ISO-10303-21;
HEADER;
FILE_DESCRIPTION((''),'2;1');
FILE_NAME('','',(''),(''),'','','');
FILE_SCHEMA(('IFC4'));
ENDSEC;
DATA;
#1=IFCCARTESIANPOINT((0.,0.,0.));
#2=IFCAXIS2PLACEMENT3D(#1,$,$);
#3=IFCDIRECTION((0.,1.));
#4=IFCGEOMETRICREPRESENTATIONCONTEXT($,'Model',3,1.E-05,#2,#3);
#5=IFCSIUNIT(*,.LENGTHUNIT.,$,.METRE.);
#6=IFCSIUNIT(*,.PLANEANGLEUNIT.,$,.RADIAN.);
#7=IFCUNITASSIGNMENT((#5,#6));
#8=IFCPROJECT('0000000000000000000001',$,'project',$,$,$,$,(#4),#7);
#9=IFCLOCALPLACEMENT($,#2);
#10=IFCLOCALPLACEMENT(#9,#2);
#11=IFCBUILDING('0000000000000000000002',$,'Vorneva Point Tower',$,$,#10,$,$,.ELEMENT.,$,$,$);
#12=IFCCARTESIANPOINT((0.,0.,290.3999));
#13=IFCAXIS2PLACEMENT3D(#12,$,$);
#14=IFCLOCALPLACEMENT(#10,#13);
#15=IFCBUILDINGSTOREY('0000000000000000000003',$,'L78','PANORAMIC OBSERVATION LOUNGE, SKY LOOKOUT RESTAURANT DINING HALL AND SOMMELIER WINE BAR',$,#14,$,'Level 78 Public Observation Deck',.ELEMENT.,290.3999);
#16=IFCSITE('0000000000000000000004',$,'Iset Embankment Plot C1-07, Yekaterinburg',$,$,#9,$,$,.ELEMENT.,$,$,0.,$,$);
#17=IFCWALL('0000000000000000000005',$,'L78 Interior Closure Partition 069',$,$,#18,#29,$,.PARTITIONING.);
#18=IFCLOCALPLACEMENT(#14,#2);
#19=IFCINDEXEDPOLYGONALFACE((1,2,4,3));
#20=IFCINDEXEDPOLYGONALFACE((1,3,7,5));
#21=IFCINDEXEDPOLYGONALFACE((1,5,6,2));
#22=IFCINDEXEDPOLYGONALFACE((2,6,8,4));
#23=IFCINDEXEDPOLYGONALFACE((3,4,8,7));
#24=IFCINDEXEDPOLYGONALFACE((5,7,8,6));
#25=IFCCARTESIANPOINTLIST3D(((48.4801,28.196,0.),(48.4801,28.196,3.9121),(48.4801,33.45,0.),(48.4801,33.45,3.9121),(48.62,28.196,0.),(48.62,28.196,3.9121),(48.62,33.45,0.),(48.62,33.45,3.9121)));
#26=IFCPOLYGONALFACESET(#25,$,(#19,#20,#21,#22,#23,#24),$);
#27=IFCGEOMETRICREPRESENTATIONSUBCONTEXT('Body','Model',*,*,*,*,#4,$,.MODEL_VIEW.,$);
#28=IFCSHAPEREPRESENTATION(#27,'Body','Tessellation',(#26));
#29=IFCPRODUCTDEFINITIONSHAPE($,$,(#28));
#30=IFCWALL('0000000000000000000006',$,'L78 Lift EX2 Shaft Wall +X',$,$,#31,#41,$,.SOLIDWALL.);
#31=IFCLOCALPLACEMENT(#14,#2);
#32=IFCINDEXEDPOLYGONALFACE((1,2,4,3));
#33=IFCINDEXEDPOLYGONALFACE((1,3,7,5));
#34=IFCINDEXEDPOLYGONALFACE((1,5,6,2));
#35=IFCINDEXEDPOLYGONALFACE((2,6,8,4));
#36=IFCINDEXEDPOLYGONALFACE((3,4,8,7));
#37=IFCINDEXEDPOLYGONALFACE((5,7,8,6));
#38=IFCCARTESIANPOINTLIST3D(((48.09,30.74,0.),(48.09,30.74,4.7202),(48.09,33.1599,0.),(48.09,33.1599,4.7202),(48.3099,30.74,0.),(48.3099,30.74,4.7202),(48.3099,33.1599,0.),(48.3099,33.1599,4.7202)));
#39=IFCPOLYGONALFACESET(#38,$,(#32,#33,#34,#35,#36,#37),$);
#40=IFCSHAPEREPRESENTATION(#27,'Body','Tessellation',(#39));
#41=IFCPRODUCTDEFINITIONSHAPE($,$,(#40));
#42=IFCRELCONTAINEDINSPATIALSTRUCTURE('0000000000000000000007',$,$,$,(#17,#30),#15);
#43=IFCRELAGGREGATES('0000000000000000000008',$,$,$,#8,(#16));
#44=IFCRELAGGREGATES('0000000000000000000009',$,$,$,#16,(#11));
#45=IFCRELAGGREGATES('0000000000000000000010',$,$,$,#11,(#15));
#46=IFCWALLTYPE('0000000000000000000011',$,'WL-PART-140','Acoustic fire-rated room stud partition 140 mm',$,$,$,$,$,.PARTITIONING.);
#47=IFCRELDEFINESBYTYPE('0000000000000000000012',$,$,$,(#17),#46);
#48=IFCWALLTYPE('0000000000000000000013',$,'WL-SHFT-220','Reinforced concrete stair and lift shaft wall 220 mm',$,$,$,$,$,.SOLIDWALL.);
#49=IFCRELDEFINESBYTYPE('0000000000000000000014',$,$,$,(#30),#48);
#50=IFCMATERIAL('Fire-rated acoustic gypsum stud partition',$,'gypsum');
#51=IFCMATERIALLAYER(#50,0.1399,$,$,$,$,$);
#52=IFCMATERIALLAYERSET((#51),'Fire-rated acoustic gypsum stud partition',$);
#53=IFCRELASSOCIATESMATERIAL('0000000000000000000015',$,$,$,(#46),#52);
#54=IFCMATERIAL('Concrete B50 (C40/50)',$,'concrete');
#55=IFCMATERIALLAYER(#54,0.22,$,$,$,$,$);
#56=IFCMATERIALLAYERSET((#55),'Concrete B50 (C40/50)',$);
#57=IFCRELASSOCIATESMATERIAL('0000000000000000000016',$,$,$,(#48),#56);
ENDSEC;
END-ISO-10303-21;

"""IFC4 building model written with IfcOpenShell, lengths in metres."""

from ifc_helpers import new_model, si_unit, direction, frame, frame_2d, origin, place, context, subcontext, project, spatial, rectangle, extrude, material, layer, layer_set, type_object, element, save


model = new_model("IFC4")

# Units and contexts
model_context = context("Model", 3, precision=1e-05, world=origin(), true_north=direction((0.0, 1.0)))
body_context = subcontext(model_context, "Body", "Model", "MODEL_VIEW")
ifc_project = project(units=[si_unit("LENGTHUNIT", "METRE"), si_unit("PLANEANGLEUNIT", "RADIAN")], contexts=[model_context])

# Site, building, storey
site_placement = place(None, origin())
site = spatial("IfcSite", under=ifc_project, at=site_placement, Name="Iset Embankment Plot C1-07, Yekaterinburg", CompositionType="ELEMENT", RefElevation=0.0)
building_placement = place(site_placement, origin())
building = spatial("IfcBuilding", under=site, at=building_placement, Name="Vorneva Point Tower", CompositionType="ELEMENT")
storey_placement = place(building_placement, frame((0.0, 0.0, 290.3999)))
storey = spatial("IfcBuildingStorey", under=building, at=storey_placement, Name="L78", Description="PANORAMIC OBSERVATION LOUNGE, SKY LOOKOUT RESTAURANT DINING HALL AND SOMMELIER WINE BAR", LongName="Level 78 Public Observation Deck", CompositionType="ELEMENT", Elevation=290.3999)

# Shared definitions
ifc_material_1 = material(Name="Concrete B50 (C40/50)", Category="concrete")

# Walls
ifc_material_2 = material(Name="Fire-rated acoustic gypsum stud partition", Category="gypsum")
ifc_layer_1 = layer(ifc_material_2, 0.1399)
ifc_layer_set_1 = layer_set([ifc_layer_1], Name="Fire-rated acoustic gypsum stud partition")
wall_type_1 = type_object("IfcWallType", Name="WL-PART-140", Description="Acoustic fire-rated room stud partition 140 mm", PredefinedType="PARTITIONING", material=ifc_layer_set_1)
wall_1_placement = place(storey_placement, frame((48.55, 28.196, 0.0), z_axis=(0.0, 0.0, 1.0), x_axis=(0.0, 1.0, 0.0)))
element("IfcWall", 1, at=wall_1_placement, inside=storey, type_object=wall_type_1, Name="L78 Interior Closure Partition 069", PredefinedType="PARTITIONING", context=body_context, shape_type="SweptSolid", body=[
    extrude(rectangle(XDim=5.2539, YDim=0.1399, at=frame_2d((2.627, 0.0))), origin(), (0.0, 0.0, 1.0), 3.9121),
])
ifc_layer_2 = layer(ifc_material_1, 0.22)
ifc_layer_set_2 = layer_set([ifc_layer_2], Name="Concrete B50 (C40/50)")
wall_type_2 = type_object("IfcWallType", Name="WL-SHFT-220", Description="Reinforced concrete stair and lift shaft wall 220 mm", PredefinedType="SOLIDWALL", material=ifc_layer_set_2)
wall_2_placement = place(storey_placement, frame((48.2, 30.74, 0.0), z_axis=(0.0, 0.0, 1.0), x_axis=(0.0, 1.0, 0.0)))
element("IfcWall", 2, at=wall_2_placement, inside=storey, type_object=wall_type_2, Name="L78 Lift EX2 Shaft Wall +X", PredefinedType="SOLIDWALL", context=body_context, shape_type="SweptSolid", body=[
    extrude(rectangle(XDim=2.4199, YDim=0.22, at=frame_2d((1.21, 0.0))), origin(), (0.0, 0.0, 1.0), 4.7202),
])

save(model, "model.ifc")
